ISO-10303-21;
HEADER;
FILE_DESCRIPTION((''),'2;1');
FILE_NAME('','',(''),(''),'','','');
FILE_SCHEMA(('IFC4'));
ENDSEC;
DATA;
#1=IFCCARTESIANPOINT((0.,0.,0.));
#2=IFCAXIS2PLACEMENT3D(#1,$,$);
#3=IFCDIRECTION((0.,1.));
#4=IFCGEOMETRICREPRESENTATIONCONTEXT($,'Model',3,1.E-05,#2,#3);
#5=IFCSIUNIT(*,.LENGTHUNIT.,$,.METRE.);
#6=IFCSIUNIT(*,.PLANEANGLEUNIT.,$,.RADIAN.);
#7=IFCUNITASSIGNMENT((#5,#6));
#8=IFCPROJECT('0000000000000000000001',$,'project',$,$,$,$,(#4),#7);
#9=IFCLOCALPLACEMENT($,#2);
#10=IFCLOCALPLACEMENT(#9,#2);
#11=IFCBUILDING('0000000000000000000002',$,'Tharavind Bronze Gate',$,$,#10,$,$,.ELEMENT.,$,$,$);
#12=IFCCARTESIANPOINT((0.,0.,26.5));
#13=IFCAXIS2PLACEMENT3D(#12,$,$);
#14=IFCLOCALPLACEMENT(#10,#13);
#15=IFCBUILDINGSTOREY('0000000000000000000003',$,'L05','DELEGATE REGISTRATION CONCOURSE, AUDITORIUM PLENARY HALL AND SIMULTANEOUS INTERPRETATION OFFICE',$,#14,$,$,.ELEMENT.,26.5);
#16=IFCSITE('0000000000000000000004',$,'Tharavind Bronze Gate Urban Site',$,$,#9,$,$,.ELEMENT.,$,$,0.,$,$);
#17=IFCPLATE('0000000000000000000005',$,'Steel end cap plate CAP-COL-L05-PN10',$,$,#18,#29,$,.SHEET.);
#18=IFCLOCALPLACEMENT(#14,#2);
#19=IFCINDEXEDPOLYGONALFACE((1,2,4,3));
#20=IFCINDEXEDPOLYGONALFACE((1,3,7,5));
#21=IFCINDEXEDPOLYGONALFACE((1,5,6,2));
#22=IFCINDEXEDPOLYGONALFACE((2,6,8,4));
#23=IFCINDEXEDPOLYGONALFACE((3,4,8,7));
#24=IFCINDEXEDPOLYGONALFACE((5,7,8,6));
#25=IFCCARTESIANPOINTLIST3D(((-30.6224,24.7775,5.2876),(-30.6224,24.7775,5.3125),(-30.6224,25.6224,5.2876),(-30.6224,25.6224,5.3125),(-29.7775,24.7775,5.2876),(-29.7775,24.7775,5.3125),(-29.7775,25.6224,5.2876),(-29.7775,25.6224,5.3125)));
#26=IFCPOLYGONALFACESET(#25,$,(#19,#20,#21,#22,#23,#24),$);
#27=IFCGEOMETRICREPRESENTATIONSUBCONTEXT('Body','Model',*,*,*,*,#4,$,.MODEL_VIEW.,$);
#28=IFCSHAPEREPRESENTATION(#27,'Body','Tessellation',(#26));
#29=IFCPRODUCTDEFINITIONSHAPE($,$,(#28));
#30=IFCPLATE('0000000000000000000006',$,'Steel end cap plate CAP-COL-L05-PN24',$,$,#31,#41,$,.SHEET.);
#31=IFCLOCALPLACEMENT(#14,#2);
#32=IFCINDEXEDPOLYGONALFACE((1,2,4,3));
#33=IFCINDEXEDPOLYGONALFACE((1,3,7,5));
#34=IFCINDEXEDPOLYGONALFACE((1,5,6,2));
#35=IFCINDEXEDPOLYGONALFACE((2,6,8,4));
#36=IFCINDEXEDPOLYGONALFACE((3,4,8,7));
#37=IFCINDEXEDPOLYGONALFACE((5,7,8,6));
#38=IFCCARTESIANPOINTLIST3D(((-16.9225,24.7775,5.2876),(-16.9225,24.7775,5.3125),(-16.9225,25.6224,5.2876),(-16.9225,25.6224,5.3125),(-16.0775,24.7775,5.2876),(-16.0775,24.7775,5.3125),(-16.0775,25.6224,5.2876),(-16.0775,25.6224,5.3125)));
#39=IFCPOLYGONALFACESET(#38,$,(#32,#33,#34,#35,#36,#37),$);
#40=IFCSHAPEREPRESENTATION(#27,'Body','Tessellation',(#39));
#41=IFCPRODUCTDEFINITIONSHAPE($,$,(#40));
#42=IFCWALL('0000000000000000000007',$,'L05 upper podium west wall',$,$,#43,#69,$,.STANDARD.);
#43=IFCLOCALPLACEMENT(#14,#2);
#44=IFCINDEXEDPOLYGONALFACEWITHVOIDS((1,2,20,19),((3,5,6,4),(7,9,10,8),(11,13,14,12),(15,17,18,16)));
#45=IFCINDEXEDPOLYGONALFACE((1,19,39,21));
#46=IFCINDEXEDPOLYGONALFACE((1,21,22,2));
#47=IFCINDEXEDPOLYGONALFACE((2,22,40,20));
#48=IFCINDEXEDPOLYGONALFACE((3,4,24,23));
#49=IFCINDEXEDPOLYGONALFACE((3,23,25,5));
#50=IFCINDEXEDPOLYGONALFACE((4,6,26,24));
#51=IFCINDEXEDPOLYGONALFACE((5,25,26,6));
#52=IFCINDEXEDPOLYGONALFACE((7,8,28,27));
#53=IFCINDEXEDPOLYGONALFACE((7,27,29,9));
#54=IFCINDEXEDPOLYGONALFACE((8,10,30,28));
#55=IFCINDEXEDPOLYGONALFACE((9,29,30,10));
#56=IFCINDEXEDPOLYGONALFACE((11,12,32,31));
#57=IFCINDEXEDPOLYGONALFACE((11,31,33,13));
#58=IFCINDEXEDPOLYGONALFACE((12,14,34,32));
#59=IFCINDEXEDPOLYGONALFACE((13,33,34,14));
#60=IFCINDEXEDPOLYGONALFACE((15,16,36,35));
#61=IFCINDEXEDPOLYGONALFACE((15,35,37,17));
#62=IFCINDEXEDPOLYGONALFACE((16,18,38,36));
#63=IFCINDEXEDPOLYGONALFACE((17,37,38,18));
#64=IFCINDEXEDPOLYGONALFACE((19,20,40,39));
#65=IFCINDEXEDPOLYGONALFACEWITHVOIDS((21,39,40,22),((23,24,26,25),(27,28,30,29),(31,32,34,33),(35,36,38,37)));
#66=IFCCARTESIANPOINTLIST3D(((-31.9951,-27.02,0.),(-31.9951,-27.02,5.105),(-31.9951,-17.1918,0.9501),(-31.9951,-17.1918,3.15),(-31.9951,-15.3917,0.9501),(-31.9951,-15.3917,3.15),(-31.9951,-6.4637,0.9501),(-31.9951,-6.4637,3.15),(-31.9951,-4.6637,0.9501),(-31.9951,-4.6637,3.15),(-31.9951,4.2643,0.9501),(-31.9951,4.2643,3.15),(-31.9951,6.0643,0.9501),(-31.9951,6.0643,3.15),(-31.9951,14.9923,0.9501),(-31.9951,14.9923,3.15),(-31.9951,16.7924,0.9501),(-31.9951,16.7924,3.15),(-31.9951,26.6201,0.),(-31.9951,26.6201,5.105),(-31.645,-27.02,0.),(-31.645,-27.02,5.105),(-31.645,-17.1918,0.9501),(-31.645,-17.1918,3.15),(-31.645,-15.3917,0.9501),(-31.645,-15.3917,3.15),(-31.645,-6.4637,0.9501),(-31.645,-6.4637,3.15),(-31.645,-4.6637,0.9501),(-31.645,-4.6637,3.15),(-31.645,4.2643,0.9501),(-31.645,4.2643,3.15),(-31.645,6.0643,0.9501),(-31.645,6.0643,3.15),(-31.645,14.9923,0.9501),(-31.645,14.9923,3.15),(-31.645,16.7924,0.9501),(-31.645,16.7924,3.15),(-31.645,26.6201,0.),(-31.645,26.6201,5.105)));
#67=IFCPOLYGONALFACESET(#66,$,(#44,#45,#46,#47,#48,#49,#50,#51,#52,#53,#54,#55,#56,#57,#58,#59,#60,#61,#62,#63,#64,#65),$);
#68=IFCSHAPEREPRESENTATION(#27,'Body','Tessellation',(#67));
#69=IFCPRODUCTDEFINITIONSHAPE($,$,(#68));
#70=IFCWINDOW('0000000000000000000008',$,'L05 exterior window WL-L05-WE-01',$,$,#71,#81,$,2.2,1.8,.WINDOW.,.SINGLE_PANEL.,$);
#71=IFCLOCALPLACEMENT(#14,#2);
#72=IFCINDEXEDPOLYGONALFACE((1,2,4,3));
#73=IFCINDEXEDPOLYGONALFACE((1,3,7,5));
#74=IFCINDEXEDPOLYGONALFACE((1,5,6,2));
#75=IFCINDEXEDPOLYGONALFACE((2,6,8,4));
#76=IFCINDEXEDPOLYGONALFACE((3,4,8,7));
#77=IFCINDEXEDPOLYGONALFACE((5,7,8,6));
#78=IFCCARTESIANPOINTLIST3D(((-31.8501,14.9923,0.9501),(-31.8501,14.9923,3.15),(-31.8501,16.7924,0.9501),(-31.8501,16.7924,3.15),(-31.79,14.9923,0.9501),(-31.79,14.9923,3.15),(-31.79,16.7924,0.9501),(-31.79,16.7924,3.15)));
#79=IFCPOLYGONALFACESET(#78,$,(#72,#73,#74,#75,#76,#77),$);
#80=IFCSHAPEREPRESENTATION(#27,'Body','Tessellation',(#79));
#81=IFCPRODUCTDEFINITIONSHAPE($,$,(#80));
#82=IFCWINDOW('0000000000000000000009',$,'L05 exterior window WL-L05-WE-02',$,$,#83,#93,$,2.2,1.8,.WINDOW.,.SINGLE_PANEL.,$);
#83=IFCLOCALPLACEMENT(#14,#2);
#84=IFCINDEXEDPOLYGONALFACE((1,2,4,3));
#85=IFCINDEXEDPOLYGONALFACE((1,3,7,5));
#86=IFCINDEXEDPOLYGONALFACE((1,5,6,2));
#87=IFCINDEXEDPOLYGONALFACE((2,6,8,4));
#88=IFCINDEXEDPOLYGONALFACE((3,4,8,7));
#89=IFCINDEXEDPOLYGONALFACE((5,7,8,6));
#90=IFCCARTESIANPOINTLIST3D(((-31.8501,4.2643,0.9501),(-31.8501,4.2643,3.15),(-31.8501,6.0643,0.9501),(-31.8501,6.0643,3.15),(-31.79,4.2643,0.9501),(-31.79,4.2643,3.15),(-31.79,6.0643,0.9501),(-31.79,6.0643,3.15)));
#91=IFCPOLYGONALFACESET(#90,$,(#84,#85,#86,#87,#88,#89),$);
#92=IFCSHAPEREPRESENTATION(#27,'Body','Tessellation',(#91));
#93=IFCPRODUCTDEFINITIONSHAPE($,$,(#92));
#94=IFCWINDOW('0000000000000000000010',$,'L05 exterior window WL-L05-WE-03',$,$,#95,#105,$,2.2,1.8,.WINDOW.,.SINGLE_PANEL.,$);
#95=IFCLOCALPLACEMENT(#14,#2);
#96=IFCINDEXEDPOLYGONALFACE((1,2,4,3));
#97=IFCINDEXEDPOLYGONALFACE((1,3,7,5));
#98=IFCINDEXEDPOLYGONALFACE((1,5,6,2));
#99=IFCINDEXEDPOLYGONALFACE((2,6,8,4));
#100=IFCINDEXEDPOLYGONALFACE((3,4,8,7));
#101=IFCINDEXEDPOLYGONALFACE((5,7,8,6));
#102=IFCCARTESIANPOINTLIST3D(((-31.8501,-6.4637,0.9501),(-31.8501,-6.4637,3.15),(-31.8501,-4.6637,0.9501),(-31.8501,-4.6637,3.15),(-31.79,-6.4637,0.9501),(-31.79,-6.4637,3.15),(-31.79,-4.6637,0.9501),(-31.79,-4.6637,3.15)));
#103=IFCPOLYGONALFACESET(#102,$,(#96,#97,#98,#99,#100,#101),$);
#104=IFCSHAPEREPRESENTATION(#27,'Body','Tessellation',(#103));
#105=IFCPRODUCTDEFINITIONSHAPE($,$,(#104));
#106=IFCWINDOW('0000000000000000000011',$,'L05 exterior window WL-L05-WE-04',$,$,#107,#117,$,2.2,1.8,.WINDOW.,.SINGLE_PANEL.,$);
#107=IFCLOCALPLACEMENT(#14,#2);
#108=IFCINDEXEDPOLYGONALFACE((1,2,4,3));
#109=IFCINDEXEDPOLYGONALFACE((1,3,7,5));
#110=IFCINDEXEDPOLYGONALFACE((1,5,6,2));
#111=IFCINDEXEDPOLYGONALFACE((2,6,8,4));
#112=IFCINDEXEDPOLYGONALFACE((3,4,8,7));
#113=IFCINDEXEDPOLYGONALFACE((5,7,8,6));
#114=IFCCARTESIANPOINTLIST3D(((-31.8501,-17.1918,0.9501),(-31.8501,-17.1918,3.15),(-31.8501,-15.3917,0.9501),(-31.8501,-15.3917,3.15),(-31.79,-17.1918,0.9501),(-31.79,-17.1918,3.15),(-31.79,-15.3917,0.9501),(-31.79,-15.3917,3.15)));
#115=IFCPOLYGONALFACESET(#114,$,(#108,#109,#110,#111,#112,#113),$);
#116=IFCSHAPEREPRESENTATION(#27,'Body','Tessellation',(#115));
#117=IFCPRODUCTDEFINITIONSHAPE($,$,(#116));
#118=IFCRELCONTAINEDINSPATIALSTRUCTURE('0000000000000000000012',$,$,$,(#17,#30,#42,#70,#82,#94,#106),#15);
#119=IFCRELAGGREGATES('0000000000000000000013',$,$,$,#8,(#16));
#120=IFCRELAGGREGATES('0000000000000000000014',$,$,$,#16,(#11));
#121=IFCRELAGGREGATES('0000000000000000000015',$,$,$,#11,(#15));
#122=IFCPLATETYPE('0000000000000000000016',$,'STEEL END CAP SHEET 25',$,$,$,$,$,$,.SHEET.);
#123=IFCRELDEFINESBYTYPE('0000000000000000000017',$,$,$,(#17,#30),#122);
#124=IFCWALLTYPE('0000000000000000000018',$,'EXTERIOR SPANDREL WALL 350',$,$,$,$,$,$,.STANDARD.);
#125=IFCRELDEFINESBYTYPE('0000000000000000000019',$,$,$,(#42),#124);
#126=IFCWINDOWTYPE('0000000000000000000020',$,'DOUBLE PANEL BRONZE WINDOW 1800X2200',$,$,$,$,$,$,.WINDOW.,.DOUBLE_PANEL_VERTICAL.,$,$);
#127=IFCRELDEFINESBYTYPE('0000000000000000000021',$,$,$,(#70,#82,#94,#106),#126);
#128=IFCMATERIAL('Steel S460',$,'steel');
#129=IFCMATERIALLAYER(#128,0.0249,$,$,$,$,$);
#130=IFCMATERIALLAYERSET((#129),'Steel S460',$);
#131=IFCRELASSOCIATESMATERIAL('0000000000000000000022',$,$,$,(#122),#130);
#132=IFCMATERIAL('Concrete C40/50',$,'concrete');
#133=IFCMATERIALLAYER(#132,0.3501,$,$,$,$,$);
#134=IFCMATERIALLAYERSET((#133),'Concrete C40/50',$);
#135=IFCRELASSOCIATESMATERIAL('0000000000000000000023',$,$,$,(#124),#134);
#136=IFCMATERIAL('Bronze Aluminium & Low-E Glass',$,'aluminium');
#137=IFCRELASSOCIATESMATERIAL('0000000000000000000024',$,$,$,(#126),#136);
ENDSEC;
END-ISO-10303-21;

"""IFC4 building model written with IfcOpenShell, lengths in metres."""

from ifc_helpers import new_model, si_unit, direction, frame, frame_2d, origin, origin_2d, place, context, subcontext, project, spatial, rectangle, extrude, material, layer, layer_set, type_object, element, fill, save


model = new_model("IFC4")

# Units and contexts
model_context = context("Model", 3, precision=1e-05, world=origin(), true_north=direction((0.0, 1.0)))
body_context = subcontext(model_context, "Body", "Model", "MODEL_VIEW")
ifc_project = project(units=[si_unit("LENGTHUNIT", "METRE"), si_unit("PLANEANGLEUNIT", "RADIAN")], contexts=[model_context])

# Site, building, storey
site_placement = place(None, origin())
site = spatial("IfcSite", under=ifc_project, at=site_placement, Name="Tharavind Bronze Gate Urban Site", CompositionType="ELEMENT", RefElevation=0.0)
building_placement = place(site_placement, origin())
building = spatial("IfcBuilding", under=site, at=building_placement, Name="Tharavind Bronze Gate", CompositionType="ELEMENT")
storey_placement = place(building_placement, frame((0.0, 0.0, 26.5)))
storey = spatial("IfcBuildingStorey", under=building, at=storey_placement, Name="L05", Description="DELEGATE REGISTRATION CONCOURSE, AUDITORIUM PLENARY HALL AND SIMULTANEOUS INTERPRETATION OFFICE", CompositionType="ELEMENT", Elevation=26.5)

# Shared definitions
ifc_material_1 = material(Name="Steel S460", Category="steel")

# Plates
ifc_layer_1 = layer(ifc_material_1, 0.0249)
ifc_layer_set_1 = layer_set([ifc_layer_1], Name="Steel S460")
plate_type_1 = type_object("IfcPlateType", Name="STEEL END CAP SHEET 25", PredefinedType="SHEET", material=ifc_layer_set_1)
for number, where, z_axis, x_axis, name in (
    (1, (-30.2, 25.2, 5.2876), (0.0, 0.0, 1.0), (1.0, 0.0, 0.0), "Steel end cap plate CAP-COL-L05-PN10"),
    (2, (-16.5, 25.2, 5.2876), (0.0, 0.0, 1.0), (1.0, 0.0, 0.0), "Steel end cap plate CAP-COL-L05-PN24"),
):
    element("IfcPlate", number, at=place(storey_placement, frame(where, z_axis=z_axis, x_axis=x_axis)), inside=storey, type_object=plate_type_1, Name=name, PredefinedType="SHEET", context=body_context, shape_type="SweptSolid", body=[
        extrude(rectangle(XDim=0.845, YDim=0.845, at=origin_2d()), origin(), (0.0, 0.0, 1.0), 0.0249),
    ])

# Wall, openings, windows
ifc_material_2 = material(Name="Concrete C40/50", Category="concrete")
ifc_layer_2 = layer(ifc_material_2, 0.3501)
ifc_layer_set_2 = layer_set([ifc_layer_2], Name="Concrete C40/50")
wall_type = type_object("IfcWallType", Name="EXTERIOR SPANDREL WALL 350", PredefinedType="STANDARD", material=ifc_layer_set_2)
wall_placement = place(storey_placement, frame((-31.8201, 26.6201, 0.0), z_axis=(0.0, 0.0, 1.0), x_axis=(0.0, -1.0, 0.0)))
wall = element("IfcWall", 3, at=wall_placement, inside=storey, type_object=wall_type, Name="L05 upper podium west wall", PredefinedType="STANDARD", context=body_context, shape_type="SweptSolid", body=[
    extrude(rectangle(XDim=53.6401, YDim=0.3501, at=frame_2d((26.8201, 0.0))), origin(), (0.0, 0.0, 1.0), 5.105),
])
opening_1_placement = place(wall_placement, frame((9.8279, 0.0, 0.95)))
opening_1 = element("IfcOpeningElement", 4, at=opening_1_placement, cuts=wall, PredefinedType="OPENING", context=body_context, shape_type="SweptSolid", body=[
    extrude(rectangle(XDim=1.8, YDim=2.2, at=frame_2d((0.8999, 1.1001))), frame((0.0, 0.185, 0.0), z_axis=(0.0, -1.0, 0.0), x_axis=(1.0, 0.0, 0.0)), (0.0, 0.0, 1.0), 0.3701),
])
opening_2_placement = place(wall_placement, frame((20.5559, 0.0, 0.95)))
opening_2 = element("IfcOpeningElement", 5, at=opening_2_placement, cuts=wall, PredefinedType="OPENING", context=body_context, shape_type="SweptSolid", body=[
    extrude(rectangle(XDim=1.8, YDim=2.2, at=frame_2d((0.8999, 1.1001))), frame((0.0, 0.185, 0.0), z_axis=(0.0, -1.0, 0.0), x_axis=(1.0, 0.0, 0.0)), (0.0, 0.0, 1.0), 0.3701),
])
opening_3_placement = place(wall_placement, frame((31.2839, 0.0, 0.95)))
opening_3 = element("IfcOpeningElement", 6, at=opening_3_placement, cuts=wall, PredefinedType="OPENING", context=body_context, shape_type="SweptSolid", body=[
    extrude(rectangle(XDim=1.8, YDim=2.2, at=frame_2d((0.8999, 1.1001))), frame((0.0, 0.185, 0.0), z_axis=(0.0, -1.0, 0.0), x_axis=(1.0, 0.0, 0.0)), (0.0, 0.0, 1.0), 0.3701),
])
opening_4_placement = place(wall_placement, frame((42.012, 0.0, 0.95)))
opening_4 = element("IfcOpeningElement", 7, at=opening_4_placement, cuts=wall, PredefinedType="OPENING", context=body_context, shape_type="SweptSolid", body=[
    extrude(rectangle(XDim=1.8, YDim=2.2, at=frame_2d((0.8999, 1.1001))), frame((0.0, 0.185, 0.0), z_axis=(0.0, -1.0, 0.0), x_axis=(1.0, 0.0, 0.0)), (0.0, 0.0, 1.0), 0.3701),
])
ifc_material_3 = material(Name="Bronze Aluminium & Low-E Glass", Category="aluminium")
window_type = type_object("IfcWindowType", Name="DOUBLE PANEL BRONZE WINDOW 1800X2200", PartitioningType="DOUBLE_PANEL_VERTICAL", PredefinedType="WINDOW", material=ifc_material_3)
window_1_placement = place(opening_1_placement, origin())
window_1 = element("IfcWindow", 8, at=window_1_placement, inside=storey, type_object=window_type, Name="L05 exterior window WL-L05-WE-01", OverallHeight=2.2, OverallWidth=1.8, PartitioningType="SINGLE_PANEL", PredefinedType="WINDOW", context=body_context, shape_type="SweptSolid", body=[
    extrude(rectangle(XDim=1.8, YDim=2.2, at=frame_2d((0.8999, 1.1001))), frame((0.0, 0.03, 0.0), z_axis=(0.0, -1.0, 0.0), x_axis=(1.0, 0.0, 0.0)), (0.0, 0.0, 1.0), 0.0601),
])
fill(opening_1, window_1)
window_2_placement = place(opening_2_placement, origin())
window_2 = element("IfcWindow", 9, at=window_2_placement, inside=storey, type_object=window_type, Name="L05 exterior window WL-L05-WE-02", OverallHeight=2.2, OverallWidth=1.8, PartitioningType="SINGLE_PANEL", PredefinedType="WINDOW", context=body_context, shape_type="SweptSolid", body=[
    extrude(rectangle(XDim=1.8, YDim=2.2, at=frame_2d((0.8999, 1.1001))), frame((0.0, 0.03, 0.0), z_axis=(0.0, -1.0, 0.0), x_axis=(1.0, 0.0, 0.0)), (0.0, 0.0, 1.0), 0.0601),
])
fill(opening_2, window_2)
window_3_placement = place(opening_3_placement, origin())
window_3 = element("IfcWindow", 10, at=window_3_placement, inside=storey, type_object=window_type, Name="L05 exterior window WL-L05-WE-03", OverallHeight=2.2, OverallWidth=1.8, PartitioningType="SINGLE_PANEL", PredefinedType="WINDOW", context=body_context, shape_type="SweptSolid", body=[
    extrude(rectangle(XDim=1.8, YDim=2.2, at=frame_2d((0.8999, 1.1001))), frame((0.0, 0.03, 0.0), z_axis=(0.0, -1.0, 0.0), x_axis=(1.0, 0.0, 0.0)), (0.0, 0.0, 1.0), 0.0601),
])
fill(opening_3, window_3)
window_4_placement = place(opening_4_placement, origin())
window_4 = element("IfcWindow", 11, at=window_4_placement, inside=storey, type_object=window_type, Name="L05 exterior window WL-L05-WE-04", OverallHeight=2.2, OverallWidth=1.8, PartitioningType="SINGLE_PANEL", PredefinedType="WINDOW", context=body_context, shape_type="SweptSolid", body=[
    extrude(rectangle(XDim=1.8, YDim=2.2, at=frame_2d((0.8999, 1.1001))), frame((0.0, 0.03, 0.0), z_axis=(0.0, -1.0, 0.0), x_axis=(1.0, 0.0, 0.0)), (0.0, 0.0, 1.0), 0.0601),
])
fill(opening_4, window_4)

save(model, "model.ifc")
